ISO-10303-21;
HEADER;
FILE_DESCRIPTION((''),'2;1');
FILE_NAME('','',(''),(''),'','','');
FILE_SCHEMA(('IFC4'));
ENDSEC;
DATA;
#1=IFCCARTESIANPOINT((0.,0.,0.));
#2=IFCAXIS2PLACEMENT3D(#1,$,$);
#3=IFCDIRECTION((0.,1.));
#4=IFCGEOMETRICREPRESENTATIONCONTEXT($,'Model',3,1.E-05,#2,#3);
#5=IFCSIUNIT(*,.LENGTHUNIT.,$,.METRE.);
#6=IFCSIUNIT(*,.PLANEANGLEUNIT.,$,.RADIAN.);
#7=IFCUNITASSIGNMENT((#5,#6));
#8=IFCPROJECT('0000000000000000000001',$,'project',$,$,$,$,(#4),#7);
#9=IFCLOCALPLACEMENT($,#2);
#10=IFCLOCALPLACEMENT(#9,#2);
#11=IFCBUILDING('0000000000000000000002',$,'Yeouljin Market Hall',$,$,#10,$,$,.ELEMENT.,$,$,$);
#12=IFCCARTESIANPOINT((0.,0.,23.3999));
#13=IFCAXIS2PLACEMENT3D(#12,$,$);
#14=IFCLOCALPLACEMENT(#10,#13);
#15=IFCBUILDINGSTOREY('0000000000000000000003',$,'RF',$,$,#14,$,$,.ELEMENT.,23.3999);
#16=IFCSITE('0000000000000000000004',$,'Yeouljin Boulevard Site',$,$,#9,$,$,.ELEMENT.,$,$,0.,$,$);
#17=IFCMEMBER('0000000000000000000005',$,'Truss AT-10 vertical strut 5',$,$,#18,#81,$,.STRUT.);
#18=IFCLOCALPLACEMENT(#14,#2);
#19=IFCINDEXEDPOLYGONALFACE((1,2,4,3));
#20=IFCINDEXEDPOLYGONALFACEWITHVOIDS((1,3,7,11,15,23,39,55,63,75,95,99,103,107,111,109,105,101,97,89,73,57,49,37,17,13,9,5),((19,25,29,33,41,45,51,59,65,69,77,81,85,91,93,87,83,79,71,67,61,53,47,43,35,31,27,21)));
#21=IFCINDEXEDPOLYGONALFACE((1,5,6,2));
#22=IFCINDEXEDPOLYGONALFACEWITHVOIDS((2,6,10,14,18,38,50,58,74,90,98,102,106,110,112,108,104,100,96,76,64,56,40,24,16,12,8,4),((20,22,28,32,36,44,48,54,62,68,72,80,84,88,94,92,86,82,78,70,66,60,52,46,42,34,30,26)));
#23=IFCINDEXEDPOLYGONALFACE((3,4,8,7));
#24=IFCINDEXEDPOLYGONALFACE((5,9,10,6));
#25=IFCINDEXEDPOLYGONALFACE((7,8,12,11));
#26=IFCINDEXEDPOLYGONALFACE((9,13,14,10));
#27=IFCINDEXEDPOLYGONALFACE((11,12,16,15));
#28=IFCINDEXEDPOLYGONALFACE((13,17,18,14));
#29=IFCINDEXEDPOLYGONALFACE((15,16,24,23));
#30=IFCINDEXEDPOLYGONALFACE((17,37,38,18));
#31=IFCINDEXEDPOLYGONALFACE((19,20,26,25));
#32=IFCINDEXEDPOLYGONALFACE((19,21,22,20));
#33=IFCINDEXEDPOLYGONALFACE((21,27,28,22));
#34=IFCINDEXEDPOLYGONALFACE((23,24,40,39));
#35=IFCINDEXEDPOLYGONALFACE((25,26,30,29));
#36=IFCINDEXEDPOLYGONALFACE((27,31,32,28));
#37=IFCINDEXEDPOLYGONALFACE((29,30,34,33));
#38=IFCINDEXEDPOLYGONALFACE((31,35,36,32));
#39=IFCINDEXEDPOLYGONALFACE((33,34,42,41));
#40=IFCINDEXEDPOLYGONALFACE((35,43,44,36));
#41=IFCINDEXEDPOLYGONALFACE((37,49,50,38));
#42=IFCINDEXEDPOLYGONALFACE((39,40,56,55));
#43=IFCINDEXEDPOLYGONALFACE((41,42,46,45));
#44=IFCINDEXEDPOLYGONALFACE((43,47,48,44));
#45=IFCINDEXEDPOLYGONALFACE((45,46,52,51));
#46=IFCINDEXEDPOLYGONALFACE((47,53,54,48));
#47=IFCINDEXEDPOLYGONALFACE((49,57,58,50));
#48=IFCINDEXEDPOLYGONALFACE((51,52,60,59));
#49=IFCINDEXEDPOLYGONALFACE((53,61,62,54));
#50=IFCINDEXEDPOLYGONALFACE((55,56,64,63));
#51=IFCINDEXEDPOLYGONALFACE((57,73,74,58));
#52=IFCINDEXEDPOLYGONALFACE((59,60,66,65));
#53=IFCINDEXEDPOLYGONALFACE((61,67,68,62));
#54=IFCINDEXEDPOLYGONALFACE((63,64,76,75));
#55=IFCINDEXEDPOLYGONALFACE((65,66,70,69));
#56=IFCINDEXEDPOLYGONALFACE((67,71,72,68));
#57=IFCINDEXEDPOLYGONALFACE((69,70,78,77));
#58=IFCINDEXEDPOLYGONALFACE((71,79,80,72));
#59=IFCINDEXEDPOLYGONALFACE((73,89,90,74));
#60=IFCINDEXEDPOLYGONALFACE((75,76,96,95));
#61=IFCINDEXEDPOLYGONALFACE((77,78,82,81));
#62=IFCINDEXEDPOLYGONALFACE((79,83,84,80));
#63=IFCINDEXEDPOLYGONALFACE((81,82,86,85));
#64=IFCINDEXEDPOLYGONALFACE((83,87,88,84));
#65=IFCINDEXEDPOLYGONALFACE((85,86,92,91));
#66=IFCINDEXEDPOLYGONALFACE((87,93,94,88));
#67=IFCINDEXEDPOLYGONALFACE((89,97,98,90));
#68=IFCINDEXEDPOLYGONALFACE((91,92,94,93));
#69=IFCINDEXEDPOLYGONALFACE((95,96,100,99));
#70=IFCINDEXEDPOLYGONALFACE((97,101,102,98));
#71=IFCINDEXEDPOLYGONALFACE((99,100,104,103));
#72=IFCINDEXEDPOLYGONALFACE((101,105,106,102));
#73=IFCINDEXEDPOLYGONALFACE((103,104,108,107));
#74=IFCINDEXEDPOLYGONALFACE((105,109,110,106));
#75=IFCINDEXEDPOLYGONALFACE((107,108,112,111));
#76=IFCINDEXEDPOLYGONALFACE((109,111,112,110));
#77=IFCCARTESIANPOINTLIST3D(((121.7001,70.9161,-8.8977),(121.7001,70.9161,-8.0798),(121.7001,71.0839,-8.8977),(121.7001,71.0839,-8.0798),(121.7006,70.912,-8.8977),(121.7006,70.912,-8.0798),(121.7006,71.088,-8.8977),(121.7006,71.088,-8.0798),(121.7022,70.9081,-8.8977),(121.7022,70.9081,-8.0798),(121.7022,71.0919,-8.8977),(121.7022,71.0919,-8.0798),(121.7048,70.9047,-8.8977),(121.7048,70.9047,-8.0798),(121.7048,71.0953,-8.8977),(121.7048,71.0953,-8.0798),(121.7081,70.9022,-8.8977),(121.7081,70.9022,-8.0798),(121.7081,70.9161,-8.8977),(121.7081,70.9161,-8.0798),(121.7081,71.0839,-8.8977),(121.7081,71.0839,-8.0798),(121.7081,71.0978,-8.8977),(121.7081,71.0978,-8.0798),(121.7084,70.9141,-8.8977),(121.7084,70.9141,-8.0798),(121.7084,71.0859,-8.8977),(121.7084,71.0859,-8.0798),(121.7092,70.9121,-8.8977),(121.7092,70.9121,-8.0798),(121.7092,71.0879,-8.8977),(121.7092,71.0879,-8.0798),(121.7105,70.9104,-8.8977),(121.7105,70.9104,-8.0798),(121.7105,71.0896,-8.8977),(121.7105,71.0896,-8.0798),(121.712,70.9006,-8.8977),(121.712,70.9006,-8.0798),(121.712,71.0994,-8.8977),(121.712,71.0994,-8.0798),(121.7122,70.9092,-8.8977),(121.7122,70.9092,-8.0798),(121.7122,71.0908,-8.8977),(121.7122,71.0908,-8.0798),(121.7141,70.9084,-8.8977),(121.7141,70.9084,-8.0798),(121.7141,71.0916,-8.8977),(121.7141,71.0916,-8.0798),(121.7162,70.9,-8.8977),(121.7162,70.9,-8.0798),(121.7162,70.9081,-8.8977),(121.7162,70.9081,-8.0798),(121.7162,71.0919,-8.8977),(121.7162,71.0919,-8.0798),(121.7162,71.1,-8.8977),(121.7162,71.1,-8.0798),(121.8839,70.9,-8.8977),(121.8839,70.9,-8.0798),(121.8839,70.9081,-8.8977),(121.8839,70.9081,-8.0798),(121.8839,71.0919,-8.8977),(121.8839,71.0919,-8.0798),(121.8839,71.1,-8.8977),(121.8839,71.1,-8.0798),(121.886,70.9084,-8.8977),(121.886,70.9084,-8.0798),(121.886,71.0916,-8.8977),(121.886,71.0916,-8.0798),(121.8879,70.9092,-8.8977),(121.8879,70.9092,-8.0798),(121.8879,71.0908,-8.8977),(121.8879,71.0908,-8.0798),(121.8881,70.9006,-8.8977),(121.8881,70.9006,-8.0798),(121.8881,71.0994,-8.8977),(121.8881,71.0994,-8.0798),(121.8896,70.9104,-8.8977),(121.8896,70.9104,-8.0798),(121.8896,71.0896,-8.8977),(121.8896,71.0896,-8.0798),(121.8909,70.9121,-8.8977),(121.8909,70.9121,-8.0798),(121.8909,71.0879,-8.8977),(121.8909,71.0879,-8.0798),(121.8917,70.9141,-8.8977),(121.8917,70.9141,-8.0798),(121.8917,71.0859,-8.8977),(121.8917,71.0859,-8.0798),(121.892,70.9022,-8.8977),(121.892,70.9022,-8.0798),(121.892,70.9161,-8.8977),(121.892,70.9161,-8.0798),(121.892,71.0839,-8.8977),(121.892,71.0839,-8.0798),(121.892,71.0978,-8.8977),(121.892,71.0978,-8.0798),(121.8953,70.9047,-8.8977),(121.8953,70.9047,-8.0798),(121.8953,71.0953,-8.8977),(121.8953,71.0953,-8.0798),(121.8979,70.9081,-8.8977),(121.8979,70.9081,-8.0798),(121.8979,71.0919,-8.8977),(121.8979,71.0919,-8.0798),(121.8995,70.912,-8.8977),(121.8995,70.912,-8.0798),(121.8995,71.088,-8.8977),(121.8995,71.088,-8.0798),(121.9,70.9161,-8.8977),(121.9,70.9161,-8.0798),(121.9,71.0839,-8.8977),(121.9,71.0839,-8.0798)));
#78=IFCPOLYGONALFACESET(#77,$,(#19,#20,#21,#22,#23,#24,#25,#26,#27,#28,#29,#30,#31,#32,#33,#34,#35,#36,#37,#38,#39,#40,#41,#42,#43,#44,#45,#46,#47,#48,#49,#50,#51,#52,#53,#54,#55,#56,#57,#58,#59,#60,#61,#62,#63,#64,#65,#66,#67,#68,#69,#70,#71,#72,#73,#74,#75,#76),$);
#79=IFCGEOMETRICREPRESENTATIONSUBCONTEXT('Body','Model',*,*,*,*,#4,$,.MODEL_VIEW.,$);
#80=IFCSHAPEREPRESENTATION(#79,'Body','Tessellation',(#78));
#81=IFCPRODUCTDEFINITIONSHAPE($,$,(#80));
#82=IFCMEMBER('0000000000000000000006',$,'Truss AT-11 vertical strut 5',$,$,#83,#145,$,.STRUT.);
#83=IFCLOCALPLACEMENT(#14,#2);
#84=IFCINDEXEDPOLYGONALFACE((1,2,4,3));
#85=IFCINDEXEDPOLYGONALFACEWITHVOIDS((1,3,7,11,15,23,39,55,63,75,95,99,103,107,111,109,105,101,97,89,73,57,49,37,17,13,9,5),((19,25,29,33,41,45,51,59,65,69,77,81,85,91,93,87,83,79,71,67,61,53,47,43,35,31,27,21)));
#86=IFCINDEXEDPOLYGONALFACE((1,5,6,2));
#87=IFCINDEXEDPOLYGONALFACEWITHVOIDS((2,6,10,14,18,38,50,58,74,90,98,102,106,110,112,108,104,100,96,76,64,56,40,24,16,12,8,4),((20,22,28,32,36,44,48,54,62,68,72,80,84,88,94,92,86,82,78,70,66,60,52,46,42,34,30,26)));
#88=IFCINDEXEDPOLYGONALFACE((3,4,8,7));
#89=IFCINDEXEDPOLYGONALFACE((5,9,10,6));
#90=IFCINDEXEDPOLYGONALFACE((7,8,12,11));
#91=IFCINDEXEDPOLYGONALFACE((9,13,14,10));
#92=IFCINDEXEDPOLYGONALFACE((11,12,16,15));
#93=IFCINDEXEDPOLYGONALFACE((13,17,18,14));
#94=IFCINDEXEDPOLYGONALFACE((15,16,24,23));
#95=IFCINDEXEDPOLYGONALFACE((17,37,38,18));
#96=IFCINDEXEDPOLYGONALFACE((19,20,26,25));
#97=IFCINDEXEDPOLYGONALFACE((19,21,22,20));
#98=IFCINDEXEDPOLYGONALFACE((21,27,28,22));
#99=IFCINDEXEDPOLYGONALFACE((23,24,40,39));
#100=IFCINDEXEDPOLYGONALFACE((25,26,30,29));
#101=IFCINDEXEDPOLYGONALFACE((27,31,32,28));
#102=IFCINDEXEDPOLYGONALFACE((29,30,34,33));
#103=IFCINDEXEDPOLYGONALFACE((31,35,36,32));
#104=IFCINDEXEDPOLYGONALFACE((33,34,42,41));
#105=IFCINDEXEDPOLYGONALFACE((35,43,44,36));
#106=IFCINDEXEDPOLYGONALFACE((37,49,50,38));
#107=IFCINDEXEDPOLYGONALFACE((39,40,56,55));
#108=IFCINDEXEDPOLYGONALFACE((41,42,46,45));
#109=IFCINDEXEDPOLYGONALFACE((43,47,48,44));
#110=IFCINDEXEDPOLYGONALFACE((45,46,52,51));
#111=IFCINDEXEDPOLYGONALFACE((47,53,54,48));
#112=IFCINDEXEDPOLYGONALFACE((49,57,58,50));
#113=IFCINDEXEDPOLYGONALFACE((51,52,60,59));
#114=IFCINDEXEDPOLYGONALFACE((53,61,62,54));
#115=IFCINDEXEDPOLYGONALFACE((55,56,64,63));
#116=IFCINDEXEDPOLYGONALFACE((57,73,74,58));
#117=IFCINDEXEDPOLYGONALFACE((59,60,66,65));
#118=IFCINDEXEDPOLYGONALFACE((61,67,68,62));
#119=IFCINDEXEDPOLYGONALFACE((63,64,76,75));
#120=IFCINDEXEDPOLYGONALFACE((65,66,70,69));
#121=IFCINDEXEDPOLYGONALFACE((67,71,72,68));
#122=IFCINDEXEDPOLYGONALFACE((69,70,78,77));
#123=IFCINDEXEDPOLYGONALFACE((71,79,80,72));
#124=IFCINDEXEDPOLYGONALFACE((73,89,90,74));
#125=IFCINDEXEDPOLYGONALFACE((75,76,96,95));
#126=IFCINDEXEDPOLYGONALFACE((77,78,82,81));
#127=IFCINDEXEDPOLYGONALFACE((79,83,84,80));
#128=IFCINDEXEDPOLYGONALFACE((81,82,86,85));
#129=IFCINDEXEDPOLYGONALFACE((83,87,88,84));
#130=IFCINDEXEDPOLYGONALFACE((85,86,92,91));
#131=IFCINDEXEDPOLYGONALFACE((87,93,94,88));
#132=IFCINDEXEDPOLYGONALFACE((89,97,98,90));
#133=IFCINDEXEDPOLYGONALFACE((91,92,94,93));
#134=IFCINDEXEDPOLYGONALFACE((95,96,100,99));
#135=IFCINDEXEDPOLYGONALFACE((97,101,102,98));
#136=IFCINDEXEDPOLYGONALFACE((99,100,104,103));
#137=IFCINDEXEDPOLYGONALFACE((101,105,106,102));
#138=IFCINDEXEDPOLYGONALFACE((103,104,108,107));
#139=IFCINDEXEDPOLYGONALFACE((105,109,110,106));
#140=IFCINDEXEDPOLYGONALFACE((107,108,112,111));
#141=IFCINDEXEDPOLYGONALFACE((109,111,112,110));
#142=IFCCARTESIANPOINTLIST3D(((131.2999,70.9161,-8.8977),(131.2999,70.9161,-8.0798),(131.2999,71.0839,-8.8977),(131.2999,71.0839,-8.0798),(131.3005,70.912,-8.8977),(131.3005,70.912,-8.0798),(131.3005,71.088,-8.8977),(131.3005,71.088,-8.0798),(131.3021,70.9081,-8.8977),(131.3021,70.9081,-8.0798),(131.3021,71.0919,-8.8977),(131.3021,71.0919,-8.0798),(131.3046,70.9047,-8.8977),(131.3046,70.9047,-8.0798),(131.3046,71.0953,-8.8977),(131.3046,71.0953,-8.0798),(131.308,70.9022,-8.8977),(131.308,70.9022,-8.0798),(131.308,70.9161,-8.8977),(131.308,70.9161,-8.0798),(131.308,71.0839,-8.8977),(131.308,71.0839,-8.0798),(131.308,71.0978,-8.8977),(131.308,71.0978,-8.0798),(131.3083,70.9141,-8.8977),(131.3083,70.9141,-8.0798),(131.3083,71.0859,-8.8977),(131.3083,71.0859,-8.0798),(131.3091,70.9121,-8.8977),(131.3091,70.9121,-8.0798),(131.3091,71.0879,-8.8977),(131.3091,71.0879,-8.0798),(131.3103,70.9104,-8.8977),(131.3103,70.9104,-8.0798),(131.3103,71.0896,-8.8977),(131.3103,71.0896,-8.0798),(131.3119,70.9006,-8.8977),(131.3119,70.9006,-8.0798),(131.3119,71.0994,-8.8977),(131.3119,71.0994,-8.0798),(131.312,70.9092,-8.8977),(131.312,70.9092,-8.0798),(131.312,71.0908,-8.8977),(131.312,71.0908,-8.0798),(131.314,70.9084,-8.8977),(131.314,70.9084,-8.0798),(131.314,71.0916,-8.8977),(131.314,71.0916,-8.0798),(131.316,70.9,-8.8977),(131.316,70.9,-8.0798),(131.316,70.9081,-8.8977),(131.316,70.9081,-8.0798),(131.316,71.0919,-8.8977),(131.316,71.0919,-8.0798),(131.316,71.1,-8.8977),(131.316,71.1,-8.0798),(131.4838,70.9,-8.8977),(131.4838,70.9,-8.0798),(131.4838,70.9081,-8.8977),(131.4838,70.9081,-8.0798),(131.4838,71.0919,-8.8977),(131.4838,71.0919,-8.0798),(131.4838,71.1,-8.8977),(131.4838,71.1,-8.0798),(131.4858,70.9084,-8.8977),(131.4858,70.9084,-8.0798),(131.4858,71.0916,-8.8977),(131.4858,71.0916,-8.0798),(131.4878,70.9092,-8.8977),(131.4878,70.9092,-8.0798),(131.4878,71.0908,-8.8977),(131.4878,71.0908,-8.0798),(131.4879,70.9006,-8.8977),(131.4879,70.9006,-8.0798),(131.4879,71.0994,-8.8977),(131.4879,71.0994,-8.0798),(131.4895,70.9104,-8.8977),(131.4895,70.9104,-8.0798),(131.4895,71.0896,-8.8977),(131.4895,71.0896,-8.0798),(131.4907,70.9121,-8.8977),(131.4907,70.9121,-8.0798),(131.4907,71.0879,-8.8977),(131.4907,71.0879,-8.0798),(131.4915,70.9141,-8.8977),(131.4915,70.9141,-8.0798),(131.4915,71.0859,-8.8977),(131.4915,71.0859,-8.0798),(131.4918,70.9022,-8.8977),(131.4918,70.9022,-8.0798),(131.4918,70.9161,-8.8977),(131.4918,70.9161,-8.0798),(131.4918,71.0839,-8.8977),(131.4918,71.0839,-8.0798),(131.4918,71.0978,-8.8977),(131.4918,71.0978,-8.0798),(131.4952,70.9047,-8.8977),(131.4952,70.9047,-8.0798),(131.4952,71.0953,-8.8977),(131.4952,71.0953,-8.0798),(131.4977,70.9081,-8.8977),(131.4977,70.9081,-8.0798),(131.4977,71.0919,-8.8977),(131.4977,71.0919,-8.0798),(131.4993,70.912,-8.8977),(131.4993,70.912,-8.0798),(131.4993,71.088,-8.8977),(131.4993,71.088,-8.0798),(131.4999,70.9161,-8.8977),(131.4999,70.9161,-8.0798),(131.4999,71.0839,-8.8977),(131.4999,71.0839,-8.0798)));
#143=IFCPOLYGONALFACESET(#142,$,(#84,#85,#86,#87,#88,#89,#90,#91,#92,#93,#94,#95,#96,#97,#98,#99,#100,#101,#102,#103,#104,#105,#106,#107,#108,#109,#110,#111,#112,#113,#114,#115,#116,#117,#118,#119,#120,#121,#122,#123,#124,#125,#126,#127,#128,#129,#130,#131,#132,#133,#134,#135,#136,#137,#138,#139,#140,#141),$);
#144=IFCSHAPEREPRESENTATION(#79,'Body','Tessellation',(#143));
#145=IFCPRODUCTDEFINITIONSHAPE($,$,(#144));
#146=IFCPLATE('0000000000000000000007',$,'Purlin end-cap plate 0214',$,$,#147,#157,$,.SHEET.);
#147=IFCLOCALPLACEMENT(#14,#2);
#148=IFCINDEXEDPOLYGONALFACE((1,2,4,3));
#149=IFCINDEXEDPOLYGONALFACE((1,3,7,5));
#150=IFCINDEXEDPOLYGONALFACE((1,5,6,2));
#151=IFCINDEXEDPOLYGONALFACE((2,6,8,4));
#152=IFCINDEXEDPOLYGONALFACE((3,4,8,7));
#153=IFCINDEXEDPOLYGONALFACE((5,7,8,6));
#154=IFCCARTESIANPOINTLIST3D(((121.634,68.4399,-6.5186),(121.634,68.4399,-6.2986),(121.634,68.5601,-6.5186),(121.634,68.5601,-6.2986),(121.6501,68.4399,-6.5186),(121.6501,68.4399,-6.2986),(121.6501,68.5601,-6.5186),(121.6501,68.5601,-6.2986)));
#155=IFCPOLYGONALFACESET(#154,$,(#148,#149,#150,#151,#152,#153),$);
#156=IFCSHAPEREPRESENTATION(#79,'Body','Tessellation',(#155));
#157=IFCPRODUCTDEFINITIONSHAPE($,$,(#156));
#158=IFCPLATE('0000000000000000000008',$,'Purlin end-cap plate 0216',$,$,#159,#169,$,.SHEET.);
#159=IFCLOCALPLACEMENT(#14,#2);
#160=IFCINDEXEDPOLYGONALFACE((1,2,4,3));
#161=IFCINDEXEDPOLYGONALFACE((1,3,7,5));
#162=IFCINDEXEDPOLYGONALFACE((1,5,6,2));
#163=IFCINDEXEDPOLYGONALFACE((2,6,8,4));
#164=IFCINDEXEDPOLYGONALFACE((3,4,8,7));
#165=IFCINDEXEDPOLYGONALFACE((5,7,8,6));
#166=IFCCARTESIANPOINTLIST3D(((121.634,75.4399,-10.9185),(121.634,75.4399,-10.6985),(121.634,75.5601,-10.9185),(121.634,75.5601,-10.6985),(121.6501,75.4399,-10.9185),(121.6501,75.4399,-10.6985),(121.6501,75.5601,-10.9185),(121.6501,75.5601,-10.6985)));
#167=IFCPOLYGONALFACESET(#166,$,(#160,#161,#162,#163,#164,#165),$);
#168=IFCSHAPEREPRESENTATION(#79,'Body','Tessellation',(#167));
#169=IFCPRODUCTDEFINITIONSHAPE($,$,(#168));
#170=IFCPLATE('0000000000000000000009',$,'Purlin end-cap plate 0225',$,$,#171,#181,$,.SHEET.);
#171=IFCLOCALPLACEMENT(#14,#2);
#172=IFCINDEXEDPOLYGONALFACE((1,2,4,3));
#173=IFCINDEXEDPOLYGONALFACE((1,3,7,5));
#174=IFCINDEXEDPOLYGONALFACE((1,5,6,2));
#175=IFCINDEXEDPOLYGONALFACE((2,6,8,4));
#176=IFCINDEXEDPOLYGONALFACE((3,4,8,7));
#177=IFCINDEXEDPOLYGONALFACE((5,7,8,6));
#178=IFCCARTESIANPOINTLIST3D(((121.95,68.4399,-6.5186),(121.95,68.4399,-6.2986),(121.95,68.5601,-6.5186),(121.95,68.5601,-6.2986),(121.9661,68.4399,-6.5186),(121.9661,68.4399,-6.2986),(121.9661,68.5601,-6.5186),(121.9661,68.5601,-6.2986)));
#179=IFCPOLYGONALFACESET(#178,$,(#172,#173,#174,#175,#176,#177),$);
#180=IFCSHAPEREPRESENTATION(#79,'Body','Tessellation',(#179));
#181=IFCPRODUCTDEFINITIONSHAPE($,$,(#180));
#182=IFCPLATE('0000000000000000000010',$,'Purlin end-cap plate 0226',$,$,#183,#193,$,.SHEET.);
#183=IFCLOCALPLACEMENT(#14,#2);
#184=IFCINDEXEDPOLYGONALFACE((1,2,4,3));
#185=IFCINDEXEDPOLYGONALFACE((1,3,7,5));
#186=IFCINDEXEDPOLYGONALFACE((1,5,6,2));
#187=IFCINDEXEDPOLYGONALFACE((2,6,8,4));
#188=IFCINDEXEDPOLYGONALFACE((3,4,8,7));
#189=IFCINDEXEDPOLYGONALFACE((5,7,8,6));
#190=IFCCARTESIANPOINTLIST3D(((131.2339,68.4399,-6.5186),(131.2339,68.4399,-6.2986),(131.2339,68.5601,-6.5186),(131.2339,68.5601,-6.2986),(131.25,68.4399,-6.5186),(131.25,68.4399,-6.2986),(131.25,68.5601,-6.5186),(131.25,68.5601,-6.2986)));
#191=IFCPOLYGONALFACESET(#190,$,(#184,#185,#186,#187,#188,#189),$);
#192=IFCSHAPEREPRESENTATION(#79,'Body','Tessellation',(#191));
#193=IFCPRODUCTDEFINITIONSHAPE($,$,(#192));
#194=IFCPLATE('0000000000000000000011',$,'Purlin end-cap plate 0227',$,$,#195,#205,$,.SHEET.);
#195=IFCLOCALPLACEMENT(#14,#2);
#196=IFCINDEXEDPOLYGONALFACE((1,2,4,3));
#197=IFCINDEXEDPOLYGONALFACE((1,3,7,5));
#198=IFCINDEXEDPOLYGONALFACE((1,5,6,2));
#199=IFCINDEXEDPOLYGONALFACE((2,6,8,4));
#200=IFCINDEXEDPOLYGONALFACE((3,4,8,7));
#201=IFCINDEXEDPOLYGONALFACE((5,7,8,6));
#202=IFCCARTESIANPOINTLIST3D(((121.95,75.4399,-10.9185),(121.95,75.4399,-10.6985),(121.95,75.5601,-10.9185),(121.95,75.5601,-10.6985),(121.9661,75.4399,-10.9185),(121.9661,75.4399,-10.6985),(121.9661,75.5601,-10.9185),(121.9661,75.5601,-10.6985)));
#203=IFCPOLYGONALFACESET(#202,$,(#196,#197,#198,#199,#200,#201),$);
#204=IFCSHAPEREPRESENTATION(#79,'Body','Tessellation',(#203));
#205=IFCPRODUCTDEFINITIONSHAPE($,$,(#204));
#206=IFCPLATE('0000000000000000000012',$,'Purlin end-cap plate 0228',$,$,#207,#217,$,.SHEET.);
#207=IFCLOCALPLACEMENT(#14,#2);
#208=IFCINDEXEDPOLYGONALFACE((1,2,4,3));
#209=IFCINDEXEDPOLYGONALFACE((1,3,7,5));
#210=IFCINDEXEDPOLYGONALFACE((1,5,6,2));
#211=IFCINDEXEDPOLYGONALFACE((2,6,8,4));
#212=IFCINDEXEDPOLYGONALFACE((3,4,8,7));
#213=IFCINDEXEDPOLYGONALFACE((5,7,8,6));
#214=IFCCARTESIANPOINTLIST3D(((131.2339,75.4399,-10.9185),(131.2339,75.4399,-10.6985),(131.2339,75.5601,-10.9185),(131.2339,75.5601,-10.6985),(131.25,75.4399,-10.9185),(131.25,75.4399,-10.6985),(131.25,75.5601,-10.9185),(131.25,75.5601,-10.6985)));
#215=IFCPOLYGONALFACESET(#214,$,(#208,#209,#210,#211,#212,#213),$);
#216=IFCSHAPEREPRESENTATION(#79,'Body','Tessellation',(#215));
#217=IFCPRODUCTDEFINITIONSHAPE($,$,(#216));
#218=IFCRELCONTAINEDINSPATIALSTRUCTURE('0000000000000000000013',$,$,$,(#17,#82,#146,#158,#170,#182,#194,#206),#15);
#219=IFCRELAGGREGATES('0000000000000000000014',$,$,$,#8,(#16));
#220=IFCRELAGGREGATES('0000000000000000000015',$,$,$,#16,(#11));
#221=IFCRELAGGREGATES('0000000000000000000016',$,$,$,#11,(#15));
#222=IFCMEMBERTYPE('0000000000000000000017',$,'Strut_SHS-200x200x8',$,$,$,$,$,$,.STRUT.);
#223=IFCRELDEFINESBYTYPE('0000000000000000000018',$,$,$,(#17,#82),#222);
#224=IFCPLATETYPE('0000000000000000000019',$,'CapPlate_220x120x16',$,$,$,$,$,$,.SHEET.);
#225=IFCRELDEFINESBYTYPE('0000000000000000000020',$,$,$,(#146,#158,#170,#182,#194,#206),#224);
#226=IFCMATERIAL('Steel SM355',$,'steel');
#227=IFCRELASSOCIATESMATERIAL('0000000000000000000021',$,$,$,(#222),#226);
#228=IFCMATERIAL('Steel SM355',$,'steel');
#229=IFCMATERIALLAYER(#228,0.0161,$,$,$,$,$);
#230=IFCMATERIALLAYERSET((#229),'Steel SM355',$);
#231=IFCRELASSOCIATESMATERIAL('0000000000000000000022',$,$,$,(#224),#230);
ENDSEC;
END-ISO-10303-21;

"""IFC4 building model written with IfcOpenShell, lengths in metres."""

from ifc_helpers import new_model, si_unit, direction, frame, origin, origin_2d, place, context, subcontext, project, spatial, rectangle, hollow_rectangle, extrude, material, layer, layer_set, material_profile, profile_set, type_object, element, save


model = new_model("IFC4")

# Units and contexts
model_context = context("Model", 3, precision=1e-05, world=origin(), true_north=direction((0.0, 1.0)))
body_context = subcontext(model_context, "Body", "Model", "MODEL_VIEW")
ifc_project = project(units=[si_unit("LENGTHUNIT", "METRE"), si_unit("PLANEANGLEUNIT", "RADIAN")], contexts=[model_context])

# Site, building, storey
site_placement = place(None, origin())
site = spatial("IfcSite", under=ifc_project, at=site_placement, Name="Yeouljin Boulevard Site", CompositionType="ELEMENT", RefElevation=0.0)
building_placement = place(site_placement, origin())
building = spatial("IfcBuilding", under=site, at=building_placement, Name="Yeouljin Market Hall", CompositionType="ELEMENT")
storey_placement = place(building_placement, frame((0.0, 0.0, 23.3999)))
storey = spatial("IfcBuildingStorey", under=building, at=storey_placement, Name="RF", CompositionType="ELEMENT", Elevation=23.3999)

# Members
ifc_material_1 = material(Name="Steel SM355", Category="steel")
ifc_material_profile_1 = material_profile(ifc_material_1, hollow_rectangle(XDim=0.2, YDim=0.2, WallThickness=0.0081, InnerFilletRadius=0.0081, OuterFilletRadius=0.0161, at=origin_2d()), Name="SHS-200x200x8")
ifc_profile_set_1 = profile_set([ifc_material_profile_1], Name="Steel SM355")
member_type_1 = type_object("IfcMemberType", Name="Strut_SHS-200x200x8", PredefinedType="STRUT", material=ifc_profile_set_1)
for number, where, z_axis, x_axis, name in (
    (1, (121.8, 71.0, -8.8977), (0.0, 0.0, 1.0), (1.0, 0.0, 0.0), "Truss AT-10 vertical strut 5"),
    (2, (131.3999, 71.0, -8.8977), (0.0, 0.0, 1.0), (1.0, 0.0, 0.0), "Truss AT-11 vertical strut 5"),
):
    element("IfcMember", number, at=place(storey_placement, frame(where, z_axis=z_axis, x_axis=x_axis)), inside=storey, type_object=member_type_1, Name=name, PredefinedType="STRUT", context=body_context, shape_type="SweptSolid", body=[
        extrude(hollow_rectangle(XDim=0.2, YDim=0.2, WallThickness=0.0081, InnerFilletRadius=0.0081, OuterFilletRadius=0.0161, at=origin_2d()), origin(), (0.0, 0.0, 1.0), 0.8179),
    ])

# Plates
ifc_material_2 = material(Name="Steel SM355", Category="steel")
ifc_layer_1 = layer(ifc_material_2, 0.0161)
ifc_layer_set_1 = layer_set([ifc_layer_1], Name="Steel SM355")
plate_type_1 = type_object("IfcPlateType", Name="CapPlate_220x120x16", PredefinedType="SHEET", material=ifc_layer_set_1)
for number, where, z_axis, x_axis, name in (
    (3, (121.6421, 68.5, -6.5186), (0.0, 0.0, 1.0), (0.0, 1.0, 0.0), "Purlin end-cap plate 0214"),
    (4, (121.6421, 75.5, -10.9185), (0.0, 0.0, 1.0), (0.0, 1.0, 0.0), "Purlin end-cap plate 0216"),
    (5, (121.958, 68.5, -6.5186), (0.0, 0.0, 1.0), (0.0, 1.0, 0.0), "Purlin end-cap plate 0225"),
    (6, (131.2419, 68.5, -6.5186), (0.0, 0.0, 1.0), (0.0, 1.0, 0.0), "Purlin end-cap plate 0226"),
    (7, (121.958, 75.5, -10.9185), (0.0, 0.0, 1.0), (0.0, 1.0, 0.0), "Purlin end-cap plate 0227"),
    (8, (131.2419, 75.5, -10.9185), (0.0, 0.0, 1.0), (0.0, 1.0, 0.0), "Purlin end-cap plate 0228"),
):
    element("IfcPlate", number, at=place(storey_placement, frame(where, z_axis=z_axis, x_axis=x_axis)), inside=storey, type_object=plate_type_1, Name=name, PredefinedType="SHEET", context=body_context, shape_type="SweptSolid", body=[
        extrude(rectangle(XDim=0.1201, YDim=0.0161, at=origin_2d()), origin(), (0.0, 0.0, 1.0), 0.22),
    ])

save(model, "model.ifc")
